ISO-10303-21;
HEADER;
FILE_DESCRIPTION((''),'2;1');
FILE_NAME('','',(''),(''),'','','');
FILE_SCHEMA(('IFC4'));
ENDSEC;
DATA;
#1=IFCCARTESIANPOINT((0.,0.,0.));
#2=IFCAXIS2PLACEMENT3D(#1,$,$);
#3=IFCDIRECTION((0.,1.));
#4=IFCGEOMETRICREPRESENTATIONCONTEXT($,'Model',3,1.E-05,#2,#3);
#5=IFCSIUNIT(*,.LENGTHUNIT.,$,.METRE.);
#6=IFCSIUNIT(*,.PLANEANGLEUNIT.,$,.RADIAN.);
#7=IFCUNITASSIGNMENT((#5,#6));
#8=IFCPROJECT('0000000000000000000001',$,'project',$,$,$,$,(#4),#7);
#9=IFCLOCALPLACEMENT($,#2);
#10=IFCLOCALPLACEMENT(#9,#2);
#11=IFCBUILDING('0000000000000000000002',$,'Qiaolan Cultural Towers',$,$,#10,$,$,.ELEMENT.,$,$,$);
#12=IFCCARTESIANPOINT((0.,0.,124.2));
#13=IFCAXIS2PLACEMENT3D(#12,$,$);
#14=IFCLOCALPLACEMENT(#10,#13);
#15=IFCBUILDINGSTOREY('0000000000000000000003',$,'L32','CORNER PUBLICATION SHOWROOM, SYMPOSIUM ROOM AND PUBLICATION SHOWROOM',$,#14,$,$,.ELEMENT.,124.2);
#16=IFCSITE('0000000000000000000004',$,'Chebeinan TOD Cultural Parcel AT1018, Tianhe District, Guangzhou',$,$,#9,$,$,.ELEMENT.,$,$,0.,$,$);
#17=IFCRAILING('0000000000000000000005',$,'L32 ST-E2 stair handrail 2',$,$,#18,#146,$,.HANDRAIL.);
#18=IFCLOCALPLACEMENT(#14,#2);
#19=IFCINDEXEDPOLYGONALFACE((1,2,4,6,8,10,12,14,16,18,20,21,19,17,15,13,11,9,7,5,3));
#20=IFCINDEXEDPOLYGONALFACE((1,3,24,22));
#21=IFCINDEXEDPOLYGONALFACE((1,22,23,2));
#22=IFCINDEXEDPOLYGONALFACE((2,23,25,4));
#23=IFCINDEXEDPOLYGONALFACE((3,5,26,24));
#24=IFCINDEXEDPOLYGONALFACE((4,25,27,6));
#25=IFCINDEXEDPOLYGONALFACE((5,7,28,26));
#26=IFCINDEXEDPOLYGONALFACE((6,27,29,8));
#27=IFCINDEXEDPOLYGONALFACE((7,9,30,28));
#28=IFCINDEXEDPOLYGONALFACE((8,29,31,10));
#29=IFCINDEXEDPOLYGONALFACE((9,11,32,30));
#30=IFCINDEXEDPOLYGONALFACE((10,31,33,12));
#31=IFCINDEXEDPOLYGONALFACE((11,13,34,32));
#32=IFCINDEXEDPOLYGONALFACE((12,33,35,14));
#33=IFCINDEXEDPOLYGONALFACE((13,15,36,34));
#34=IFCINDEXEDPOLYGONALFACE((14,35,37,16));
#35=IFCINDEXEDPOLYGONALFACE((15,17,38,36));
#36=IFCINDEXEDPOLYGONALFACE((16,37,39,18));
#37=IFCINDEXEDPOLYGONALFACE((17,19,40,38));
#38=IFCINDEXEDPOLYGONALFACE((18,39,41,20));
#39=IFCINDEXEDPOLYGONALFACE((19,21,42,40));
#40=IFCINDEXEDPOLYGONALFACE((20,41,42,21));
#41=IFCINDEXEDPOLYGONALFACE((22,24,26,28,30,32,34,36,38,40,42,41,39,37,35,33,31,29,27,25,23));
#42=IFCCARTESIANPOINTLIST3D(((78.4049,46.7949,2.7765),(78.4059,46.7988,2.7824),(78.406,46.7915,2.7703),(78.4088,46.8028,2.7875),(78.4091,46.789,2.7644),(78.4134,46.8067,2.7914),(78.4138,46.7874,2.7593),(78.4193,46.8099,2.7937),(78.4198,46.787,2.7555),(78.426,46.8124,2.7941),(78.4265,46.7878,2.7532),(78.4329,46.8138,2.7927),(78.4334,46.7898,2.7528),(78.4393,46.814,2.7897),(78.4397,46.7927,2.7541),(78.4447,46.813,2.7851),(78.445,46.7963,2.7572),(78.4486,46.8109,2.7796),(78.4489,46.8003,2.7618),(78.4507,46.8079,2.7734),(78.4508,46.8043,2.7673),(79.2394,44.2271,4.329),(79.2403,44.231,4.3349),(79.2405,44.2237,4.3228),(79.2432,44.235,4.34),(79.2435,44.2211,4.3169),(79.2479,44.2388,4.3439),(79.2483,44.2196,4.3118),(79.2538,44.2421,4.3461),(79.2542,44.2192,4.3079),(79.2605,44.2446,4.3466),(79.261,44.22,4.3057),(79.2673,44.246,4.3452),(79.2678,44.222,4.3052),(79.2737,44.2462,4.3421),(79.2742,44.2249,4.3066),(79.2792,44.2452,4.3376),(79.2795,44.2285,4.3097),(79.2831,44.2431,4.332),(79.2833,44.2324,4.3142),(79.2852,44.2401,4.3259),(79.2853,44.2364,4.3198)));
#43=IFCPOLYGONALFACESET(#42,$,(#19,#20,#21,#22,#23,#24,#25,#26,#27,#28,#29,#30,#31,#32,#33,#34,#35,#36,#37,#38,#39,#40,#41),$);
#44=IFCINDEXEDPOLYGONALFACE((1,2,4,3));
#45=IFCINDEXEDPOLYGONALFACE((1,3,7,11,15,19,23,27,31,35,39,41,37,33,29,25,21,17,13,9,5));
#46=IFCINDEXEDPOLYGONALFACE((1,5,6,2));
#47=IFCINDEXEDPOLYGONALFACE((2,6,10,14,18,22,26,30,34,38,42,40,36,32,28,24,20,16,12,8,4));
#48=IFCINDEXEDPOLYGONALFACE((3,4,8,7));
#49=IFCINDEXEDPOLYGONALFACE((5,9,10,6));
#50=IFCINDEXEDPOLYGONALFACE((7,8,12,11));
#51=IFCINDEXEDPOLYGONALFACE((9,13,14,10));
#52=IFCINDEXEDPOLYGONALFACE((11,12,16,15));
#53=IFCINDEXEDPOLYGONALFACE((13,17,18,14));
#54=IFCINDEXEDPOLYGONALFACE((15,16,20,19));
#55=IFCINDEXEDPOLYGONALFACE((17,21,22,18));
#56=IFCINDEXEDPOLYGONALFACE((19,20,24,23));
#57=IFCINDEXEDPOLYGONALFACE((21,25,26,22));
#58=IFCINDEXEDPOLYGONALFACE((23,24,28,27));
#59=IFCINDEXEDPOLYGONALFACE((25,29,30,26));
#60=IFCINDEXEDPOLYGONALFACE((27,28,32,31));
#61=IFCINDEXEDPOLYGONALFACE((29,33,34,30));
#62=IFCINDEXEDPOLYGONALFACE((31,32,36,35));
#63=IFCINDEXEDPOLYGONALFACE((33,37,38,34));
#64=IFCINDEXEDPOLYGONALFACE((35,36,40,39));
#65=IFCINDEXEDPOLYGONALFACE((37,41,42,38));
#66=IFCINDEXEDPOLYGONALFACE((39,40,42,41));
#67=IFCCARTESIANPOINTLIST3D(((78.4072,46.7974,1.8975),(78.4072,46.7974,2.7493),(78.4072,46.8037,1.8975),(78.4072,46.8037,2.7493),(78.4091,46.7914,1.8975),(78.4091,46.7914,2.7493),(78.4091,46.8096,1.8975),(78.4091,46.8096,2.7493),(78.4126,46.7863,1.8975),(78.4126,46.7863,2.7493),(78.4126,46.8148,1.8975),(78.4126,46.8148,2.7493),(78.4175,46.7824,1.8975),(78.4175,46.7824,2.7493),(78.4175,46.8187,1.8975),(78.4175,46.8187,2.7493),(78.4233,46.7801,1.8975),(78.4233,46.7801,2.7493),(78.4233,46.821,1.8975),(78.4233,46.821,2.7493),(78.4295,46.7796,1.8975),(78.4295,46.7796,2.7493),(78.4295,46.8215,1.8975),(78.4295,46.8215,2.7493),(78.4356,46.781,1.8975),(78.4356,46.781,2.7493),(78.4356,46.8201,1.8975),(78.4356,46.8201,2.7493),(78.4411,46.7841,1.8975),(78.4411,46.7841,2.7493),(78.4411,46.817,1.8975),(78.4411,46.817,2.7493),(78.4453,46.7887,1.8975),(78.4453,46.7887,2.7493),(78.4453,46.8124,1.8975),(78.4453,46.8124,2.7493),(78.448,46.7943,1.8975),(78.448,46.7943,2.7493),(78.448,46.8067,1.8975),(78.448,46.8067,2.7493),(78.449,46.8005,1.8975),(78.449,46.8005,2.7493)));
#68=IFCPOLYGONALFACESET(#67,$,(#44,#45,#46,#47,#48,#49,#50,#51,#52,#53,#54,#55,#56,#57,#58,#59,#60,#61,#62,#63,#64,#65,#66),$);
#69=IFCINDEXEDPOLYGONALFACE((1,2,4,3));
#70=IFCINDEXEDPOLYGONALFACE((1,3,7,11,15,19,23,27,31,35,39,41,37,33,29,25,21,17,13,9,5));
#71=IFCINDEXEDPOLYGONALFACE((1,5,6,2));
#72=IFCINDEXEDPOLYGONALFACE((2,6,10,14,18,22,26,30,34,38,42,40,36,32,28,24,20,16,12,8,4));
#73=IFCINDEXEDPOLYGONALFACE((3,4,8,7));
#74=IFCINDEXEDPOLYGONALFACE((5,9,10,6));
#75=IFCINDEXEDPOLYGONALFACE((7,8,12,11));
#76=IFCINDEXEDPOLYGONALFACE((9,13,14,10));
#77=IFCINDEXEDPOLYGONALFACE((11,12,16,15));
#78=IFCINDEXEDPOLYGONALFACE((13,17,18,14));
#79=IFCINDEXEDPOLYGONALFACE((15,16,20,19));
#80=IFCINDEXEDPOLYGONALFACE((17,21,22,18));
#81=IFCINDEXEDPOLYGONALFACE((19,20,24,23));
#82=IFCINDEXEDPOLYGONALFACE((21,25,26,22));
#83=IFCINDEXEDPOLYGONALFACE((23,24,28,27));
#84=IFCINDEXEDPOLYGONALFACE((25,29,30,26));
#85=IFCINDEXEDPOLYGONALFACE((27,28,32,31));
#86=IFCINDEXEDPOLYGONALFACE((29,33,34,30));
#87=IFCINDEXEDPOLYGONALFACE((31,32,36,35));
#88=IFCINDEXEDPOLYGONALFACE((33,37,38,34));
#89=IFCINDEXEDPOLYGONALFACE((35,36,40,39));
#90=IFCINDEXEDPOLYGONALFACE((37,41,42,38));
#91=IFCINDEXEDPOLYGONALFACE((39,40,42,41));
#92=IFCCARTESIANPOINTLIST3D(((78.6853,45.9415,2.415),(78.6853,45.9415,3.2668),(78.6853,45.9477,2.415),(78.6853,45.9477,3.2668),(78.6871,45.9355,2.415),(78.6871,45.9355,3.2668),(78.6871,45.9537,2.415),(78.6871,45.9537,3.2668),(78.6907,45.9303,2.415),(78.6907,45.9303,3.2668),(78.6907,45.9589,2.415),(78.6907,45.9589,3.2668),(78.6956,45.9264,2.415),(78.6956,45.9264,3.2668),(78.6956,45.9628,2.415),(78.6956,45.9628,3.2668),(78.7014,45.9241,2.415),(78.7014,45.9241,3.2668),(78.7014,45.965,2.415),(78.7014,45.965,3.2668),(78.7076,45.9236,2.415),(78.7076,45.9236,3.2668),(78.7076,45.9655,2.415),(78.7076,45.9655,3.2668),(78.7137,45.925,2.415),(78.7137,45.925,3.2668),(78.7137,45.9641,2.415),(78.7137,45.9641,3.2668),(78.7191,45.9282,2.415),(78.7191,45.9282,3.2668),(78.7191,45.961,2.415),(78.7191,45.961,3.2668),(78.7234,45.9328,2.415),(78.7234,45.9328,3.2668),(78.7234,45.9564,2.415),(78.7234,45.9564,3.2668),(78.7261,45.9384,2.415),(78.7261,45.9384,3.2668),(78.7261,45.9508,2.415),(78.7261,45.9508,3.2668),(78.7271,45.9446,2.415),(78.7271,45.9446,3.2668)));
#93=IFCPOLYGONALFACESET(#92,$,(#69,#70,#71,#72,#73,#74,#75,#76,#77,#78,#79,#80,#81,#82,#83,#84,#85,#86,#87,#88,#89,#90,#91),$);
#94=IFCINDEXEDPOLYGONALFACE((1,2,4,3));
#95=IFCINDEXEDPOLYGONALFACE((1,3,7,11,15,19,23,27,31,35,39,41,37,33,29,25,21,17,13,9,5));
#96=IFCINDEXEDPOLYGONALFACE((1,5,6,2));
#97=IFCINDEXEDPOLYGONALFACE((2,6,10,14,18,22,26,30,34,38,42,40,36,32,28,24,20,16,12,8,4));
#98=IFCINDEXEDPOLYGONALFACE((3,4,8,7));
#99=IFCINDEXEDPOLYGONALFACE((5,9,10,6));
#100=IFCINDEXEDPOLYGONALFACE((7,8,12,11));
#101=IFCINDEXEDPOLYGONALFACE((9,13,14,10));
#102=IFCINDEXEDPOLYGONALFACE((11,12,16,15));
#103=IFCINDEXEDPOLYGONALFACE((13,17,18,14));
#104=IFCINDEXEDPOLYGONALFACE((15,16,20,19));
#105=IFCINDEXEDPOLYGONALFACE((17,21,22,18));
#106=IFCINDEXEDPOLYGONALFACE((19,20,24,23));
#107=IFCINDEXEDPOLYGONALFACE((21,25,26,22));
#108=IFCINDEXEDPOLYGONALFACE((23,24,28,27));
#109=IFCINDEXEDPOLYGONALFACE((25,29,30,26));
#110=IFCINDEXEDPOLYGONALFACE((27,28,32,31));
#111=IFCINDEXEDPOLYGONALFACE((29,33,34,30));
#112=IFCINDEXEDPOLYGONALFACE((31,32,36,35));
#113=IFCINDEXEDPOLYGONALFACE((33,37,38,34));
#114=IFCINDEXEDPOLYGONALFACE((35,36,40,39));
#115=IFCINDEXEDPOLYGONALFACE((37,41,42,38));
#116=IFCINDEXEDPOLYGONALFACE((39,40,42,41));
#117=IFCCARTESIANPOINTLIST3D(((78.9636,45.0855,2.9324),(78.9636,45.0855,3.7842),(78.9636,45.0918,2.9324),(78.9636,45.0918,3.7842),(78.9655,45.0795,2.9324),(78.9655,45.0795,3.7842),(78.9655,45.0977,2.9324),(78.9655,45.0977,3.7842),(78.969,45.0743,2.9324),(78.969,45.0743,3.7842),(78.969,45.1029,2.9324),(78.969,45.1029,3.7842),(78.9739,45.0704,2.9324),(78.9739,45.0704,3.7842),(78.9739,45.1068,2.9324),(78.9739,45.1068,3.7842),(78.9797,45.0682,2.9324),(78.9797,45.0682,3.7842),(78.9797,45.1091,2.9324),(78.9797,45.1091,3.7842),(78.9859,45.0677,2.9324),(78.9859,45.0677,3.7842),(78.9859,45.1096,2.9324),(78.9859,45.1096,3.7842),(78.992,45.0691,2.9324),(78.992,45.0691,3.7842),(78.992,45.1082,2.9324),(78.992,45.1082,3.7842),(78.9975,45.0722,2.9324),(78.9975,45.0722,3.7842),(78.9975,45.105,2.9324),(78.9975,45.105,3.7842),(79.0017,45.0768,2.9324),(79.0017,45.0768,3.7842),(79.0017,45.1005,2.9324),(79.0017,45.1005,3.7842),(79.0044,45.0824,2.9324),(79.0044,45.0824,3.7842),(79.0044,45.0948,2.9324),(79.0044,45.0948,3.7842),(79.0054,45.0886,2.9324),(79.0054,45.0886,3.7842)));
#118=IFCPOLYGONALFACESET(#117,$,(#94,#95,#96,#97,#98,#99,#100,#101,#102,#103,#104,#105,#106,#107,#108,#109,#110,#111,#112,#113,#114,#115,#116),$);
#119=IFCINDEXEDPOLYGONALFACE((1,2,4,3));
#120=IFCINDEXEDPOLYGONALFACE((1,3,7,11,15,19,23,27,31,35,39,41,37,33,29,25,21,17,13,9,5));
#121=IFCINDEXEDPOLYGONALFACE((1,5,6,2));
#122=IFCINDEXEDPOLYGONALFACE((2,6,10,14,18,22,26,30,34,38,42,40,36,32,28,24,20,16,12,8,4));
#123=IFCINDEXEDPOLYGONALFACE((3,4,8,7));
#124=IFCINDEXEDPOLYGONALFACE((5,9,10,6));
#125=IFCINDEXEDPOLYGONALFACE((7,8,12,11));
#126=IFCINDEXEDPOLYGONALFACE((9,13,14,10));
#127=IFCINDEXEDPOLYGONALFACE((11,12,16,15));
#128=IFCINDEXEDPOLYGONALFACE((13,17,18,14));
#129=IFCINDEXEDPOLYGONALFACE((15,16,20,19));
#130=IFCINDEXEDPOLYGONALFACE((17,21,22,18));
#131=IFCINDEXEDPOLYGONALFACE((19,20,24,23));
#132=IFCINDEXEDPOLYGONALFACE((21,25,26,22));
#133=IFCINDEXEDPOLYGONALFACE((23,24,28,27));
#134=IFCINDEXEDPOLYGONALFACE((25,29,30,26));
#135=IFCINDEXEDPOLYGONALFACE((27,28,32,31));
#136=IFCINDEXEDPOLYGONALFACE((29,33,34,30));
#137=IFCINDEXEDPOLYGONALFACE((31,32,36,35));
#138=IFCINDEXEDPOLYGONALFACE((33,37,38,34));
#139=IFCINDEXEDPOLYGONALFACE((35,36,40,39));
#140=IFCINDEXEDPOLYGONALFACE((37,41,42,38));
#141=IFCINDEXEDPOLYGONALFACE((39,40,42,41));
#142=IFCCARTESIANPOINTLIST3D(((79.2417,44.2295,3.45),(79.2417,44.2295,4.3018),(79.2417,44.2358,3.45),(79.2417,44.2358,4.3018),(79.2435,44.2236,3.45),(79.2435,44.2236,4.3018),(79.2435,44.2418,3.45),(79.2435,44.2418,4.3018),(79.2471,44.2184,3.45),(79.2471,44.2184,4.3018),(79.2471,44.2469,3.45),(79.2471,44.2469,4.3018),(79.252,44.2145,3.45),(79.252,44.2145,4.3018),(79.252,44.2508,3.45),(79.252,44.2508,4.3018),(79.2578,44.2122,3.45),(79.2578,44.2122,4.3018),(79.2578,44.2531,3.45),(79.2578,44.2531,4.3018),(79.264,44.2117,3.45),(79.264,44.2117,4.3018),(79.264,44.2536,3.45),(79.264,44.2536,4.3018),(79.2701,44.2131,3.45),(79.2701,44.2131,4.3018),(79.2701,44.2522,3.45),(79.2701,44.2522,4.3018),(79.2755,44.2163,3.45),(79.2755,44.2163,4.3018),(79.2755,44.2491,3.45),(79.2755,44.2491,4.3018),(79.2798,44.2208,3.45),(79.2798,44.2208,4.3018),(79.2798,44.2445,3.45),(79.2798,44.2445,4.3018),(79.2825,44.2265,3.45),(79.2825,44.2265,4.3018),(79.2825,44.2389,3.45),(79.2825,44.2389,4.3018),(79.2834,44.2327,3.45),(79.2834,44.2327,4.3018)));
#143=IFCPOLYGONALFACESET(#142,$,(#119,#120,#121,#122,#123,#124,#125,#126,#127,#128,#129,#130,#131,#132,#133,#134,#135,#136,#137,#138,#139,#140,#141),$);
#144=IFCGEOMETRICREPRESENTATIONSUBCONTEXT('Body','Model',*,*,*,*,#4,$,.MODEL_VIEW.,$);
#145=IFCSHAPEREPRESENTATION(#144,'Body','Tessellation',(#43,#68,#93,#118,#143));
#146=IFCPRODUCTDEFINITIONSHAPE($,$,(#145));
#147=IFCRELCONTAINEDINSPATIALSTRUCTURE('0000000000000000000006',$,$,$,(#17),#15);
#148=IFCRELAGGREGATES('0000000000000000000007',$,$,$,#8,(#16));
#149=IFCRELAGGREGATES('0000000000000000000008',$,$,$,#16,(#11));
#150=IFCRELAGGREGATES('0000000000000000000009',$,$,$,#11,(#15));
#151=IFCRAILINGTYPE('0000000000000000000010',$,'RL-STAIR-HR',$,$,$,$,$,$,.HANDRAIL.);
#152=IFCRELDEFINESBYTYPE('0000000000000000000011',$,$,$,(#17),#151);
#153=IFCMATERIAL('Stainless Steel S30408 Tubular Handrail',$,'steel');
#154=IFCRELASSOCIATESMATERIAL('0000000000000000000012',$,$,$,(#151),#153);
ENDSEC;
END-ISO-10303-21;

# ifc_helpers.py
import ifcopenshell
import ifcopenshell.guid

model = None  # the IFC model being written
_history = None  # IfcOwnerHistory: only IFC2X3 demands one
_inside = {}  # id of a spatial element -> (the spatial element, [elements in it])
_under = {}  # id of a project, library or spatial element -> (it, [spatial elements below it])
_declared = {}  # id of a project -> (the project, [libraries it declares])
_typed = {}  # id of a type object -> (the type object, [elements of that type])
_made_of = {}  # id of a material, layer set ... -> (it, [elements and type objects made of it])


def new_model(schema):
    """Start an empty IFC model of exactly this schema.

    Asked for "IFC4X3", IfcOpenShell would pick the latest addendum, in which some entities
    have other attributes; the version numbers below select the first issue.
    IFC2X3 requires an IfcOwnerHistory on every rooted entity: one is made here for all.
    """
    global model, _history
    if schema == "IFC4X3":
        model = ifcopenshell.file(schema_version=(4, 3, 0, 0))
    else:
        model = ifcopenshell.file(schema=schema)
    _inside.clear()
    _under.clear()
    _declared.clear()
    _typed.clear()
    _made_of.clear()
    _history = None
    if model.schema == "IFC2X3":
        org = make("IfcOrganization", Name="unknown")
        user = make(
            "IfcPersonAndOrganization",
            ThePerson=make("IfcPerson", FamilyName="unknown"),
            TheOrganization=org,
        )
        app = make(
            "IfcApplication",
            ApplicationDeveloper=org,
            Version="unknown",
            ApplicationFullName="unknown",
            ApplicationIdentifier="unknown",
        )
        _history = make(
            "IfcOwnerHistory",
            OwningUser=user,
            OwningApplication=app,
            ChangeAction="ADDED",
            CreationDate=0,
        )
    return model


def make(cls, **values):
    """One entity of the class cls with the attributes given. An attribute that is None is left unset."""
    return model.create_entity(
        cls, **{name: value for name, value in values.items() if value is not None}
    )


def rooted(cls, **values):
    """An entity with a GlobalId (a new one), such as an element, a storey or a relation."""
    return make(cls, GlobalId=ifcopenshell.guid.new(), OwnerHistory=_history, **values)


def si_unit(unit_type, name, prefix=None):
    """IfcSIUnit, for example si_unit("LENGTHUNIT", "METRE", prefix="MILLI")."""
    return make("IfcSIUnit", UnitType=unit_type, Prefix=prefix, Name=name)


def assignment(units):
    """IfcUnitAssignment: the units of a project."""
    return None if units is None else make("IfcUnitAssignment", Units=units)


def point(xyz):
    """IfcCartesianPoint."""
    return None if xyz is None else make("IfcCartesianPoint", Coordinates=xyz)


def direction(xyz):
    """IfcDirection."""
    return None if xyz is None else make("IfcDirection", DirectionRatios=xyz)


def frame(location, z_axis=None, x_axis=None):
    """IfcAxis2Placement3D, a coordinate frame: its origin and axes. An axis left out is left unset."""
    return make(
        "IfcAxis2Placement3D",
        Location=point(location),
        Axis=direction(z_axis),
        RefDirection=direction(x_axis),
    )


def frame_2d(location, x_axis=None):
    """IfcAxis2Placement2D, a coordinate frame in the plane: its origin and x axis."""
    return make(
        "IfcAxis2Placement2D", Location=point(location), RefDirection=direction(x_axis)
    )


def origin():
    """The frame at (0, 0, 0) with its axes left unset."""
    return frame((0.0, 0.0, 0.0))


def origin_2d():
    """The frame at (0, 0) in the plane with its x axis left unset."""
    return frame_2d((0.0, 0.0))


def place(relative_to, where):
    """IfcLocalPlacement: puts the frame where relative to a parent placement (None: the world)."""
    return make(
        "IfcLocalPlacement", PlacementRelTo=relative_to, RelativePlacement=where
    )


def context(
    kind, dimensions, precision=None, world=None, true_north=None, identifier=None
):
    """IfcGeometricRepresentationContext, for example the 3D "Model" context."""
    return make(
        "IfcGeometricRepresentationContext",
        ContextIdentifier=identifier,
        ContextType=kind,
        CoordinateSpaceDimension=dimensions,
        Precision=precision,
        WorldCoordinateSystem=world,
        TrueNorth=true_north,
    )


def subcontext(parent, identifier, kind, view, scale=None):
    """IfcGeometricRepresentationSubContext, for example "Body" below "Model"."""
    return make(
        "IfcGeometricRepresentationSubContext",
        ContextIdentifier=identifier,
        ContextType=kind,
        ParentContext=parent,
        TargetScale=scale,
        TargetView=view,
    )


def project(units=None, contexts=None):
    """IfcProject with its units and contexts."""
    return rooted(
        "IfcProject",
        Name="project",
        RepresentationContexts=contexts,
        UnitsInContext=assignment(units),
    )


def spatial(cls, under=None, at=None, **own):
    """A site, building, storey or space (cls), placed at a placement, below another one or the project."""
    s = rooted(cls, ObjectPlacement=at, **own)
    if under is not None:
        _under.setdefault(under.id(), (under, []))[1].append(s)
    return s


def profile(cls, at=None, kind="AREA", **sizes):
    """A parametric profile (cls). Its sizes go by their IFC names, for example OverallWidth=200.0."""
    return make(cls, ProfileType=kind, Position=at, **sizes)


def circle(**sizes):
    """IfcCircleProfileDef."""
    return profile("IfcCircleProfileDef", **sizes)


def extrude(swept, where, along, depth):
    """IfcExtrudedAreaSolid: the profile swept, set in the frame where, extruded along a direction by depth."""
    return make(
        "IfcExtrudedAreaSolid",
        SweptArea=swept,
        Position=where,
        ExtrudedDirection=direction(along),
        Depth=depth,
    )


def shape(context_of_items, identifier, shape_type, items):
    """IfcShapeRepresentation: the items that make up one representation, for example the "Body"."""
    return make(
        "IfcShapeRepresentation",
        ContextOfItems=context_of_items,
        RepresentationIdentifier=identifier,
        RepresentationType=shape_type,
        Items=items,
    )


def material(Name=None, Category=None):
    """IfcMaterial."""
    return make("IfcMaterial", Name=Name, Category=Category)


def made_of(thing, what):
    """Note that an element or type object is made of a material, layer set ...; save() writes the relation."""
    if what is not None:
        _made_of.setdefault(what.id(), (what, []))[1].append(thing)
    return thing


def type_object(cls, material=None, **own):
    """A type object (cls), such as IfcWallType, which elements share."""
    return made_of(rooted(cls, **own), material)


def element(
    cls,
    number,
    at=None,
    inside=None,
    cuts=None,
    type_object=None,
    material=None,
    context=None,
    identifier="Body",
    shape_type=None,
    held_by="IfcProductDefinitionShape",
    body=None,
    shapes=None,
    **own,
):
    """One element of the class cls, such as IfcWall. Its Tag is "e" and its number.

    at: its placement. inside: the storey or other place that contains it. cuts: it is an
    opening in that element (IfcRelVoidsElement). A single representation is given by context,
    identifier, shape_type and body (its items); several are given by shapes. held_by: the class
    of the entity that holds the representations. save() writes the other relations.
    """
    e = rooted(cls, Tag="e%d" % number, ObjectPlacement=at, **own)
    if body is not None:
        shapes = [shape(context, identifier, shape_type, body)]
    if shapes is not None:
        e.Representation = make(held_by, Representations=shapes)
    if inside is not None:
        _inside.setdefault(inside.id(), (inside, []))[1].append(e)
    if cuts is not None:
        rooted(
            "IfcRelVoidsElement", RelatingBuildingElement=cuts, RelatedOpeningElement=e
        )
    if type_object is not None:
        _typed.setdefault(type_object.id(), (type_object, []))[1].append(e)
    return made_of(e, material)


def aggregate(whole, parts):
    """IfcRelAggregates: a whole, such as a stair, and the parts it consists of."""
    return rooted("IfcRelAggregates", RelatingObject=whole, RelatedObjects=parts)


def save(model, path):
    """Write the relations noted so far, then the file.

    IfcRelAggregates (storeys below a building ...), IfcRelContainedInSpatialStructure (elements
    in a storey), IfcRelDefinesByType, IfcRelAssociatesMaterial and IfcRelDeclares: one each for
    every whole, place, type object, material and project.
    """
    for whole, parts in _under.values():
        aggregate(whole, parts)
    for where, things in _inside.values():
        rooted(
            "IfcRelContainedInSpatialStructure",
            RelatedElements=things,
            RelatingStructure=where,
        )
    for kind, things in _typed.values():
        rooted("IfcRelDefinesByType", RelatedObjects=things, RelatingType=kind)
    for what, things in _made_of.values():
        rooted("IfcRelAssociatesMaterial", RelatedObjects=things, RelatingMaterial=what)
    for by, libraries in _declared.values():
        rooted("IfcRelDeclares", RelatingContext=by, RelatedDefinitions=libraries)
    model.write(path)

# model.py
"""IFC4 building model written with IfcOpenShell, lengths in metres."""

from ifc_helpers import new_model, si_unit, direction, frame, origin, origin_2d, place, context, subcontext, project, spatial, circle, extrude, material, type_object, element, save


model = new_model("IFC4")

# Units and contexts
model_context = context("Model", 3, precision=1e-05, world=origin(), true_north=direction((0.0, 1.0)))
body_context = subcontext(model_context, "Body", "Model", "MODEL_VIEW")
ifc_project = project(units=[si_unit("LENGTHUNIT", "METRE"), si_unit("PLANEANGLEUNIT", "RADIAN")], contexts=[model_context])

# Site, building, storey
site_placement = place(None, origin())
site = spatial("IfcSite", under=ifc_project, at=site_placement, Name="Chebeinan TOD Cultural Parcel AT1018, Tianhe District, Guangzhou", CompositionType="ELEMENT", RefElevation=0.0)
building_placement = place(site_placement, origin())
building = spatial("IfcBuilding", under=site, at=building_placement, Name="Qiaolan Cultural Towers", CompositionType="ELEMENT")
storey_placement = place(building_placement, frame((0.0, 0.0, 124.2)))
storey = spatial("IfcBuildingStorey", under=building, at=storey_placement, Name="L32", Description="CORNER PUBLICATION SHOWROOM, SYMPOSIUM ROOM AND PUBLICATION SHOWROOM", CompositionType="ELEMENT", Elevation=124.2)

# Railing
ifc_material_1 = material(Name="Stainless Steel S30408 Tubular Handrail", Category="steel")
railing_type_1 = type_object("IfcRailingType", Name="RL-STAIR-HR", PredefinedType="HANDRAIL", material=ifc_material_1)
railing_1_placement = place(storey_placement, frame((78.428, 46.8005, 1.8975)))
element("IfcRailing", 1, at=railing_1_placement, inside=storey, type_object=railing_type_1, Name="L32 ST-E2 stair handrail 2", PredefinedType="HANDRAIL", context=body_context, shape_type="SweptSolid", body=[
    extrude(circle(Radius=0.0239, at=origin_2d()), frame((0.0, 0.0, 0.876), z_axis=(0.267926, -0.824471, 0.498461), x_axis=(0.951043, 0.309057, 0.0)), (0.0, 0.0, 1.0), 3.1145),
    extrude(circle(Radius=0.021, at=origin_2d()), origin(), (0.0, 0.0, 1.0), 0.8518),
    extrude(circle(Radius=0.021, at=origin_2d()), frame((0.2781, -0.856, 0.5176)), (0.0, 0.0, 1.0), 0.8518),
    extrude(circle(Radius=0.021, at=origin_2d()), frame((0.5564, -1.7119, 1.0349)), (0.0, 0.0, 1.0), 0.8518),
    extrude(circle(Radius=0.021, at=origin_2d()), frame((0.8345, -2.5679, 1.5525)), (0.0, 0.0, 1.0), 0.8518),
])

save(model, "model.ifc")
